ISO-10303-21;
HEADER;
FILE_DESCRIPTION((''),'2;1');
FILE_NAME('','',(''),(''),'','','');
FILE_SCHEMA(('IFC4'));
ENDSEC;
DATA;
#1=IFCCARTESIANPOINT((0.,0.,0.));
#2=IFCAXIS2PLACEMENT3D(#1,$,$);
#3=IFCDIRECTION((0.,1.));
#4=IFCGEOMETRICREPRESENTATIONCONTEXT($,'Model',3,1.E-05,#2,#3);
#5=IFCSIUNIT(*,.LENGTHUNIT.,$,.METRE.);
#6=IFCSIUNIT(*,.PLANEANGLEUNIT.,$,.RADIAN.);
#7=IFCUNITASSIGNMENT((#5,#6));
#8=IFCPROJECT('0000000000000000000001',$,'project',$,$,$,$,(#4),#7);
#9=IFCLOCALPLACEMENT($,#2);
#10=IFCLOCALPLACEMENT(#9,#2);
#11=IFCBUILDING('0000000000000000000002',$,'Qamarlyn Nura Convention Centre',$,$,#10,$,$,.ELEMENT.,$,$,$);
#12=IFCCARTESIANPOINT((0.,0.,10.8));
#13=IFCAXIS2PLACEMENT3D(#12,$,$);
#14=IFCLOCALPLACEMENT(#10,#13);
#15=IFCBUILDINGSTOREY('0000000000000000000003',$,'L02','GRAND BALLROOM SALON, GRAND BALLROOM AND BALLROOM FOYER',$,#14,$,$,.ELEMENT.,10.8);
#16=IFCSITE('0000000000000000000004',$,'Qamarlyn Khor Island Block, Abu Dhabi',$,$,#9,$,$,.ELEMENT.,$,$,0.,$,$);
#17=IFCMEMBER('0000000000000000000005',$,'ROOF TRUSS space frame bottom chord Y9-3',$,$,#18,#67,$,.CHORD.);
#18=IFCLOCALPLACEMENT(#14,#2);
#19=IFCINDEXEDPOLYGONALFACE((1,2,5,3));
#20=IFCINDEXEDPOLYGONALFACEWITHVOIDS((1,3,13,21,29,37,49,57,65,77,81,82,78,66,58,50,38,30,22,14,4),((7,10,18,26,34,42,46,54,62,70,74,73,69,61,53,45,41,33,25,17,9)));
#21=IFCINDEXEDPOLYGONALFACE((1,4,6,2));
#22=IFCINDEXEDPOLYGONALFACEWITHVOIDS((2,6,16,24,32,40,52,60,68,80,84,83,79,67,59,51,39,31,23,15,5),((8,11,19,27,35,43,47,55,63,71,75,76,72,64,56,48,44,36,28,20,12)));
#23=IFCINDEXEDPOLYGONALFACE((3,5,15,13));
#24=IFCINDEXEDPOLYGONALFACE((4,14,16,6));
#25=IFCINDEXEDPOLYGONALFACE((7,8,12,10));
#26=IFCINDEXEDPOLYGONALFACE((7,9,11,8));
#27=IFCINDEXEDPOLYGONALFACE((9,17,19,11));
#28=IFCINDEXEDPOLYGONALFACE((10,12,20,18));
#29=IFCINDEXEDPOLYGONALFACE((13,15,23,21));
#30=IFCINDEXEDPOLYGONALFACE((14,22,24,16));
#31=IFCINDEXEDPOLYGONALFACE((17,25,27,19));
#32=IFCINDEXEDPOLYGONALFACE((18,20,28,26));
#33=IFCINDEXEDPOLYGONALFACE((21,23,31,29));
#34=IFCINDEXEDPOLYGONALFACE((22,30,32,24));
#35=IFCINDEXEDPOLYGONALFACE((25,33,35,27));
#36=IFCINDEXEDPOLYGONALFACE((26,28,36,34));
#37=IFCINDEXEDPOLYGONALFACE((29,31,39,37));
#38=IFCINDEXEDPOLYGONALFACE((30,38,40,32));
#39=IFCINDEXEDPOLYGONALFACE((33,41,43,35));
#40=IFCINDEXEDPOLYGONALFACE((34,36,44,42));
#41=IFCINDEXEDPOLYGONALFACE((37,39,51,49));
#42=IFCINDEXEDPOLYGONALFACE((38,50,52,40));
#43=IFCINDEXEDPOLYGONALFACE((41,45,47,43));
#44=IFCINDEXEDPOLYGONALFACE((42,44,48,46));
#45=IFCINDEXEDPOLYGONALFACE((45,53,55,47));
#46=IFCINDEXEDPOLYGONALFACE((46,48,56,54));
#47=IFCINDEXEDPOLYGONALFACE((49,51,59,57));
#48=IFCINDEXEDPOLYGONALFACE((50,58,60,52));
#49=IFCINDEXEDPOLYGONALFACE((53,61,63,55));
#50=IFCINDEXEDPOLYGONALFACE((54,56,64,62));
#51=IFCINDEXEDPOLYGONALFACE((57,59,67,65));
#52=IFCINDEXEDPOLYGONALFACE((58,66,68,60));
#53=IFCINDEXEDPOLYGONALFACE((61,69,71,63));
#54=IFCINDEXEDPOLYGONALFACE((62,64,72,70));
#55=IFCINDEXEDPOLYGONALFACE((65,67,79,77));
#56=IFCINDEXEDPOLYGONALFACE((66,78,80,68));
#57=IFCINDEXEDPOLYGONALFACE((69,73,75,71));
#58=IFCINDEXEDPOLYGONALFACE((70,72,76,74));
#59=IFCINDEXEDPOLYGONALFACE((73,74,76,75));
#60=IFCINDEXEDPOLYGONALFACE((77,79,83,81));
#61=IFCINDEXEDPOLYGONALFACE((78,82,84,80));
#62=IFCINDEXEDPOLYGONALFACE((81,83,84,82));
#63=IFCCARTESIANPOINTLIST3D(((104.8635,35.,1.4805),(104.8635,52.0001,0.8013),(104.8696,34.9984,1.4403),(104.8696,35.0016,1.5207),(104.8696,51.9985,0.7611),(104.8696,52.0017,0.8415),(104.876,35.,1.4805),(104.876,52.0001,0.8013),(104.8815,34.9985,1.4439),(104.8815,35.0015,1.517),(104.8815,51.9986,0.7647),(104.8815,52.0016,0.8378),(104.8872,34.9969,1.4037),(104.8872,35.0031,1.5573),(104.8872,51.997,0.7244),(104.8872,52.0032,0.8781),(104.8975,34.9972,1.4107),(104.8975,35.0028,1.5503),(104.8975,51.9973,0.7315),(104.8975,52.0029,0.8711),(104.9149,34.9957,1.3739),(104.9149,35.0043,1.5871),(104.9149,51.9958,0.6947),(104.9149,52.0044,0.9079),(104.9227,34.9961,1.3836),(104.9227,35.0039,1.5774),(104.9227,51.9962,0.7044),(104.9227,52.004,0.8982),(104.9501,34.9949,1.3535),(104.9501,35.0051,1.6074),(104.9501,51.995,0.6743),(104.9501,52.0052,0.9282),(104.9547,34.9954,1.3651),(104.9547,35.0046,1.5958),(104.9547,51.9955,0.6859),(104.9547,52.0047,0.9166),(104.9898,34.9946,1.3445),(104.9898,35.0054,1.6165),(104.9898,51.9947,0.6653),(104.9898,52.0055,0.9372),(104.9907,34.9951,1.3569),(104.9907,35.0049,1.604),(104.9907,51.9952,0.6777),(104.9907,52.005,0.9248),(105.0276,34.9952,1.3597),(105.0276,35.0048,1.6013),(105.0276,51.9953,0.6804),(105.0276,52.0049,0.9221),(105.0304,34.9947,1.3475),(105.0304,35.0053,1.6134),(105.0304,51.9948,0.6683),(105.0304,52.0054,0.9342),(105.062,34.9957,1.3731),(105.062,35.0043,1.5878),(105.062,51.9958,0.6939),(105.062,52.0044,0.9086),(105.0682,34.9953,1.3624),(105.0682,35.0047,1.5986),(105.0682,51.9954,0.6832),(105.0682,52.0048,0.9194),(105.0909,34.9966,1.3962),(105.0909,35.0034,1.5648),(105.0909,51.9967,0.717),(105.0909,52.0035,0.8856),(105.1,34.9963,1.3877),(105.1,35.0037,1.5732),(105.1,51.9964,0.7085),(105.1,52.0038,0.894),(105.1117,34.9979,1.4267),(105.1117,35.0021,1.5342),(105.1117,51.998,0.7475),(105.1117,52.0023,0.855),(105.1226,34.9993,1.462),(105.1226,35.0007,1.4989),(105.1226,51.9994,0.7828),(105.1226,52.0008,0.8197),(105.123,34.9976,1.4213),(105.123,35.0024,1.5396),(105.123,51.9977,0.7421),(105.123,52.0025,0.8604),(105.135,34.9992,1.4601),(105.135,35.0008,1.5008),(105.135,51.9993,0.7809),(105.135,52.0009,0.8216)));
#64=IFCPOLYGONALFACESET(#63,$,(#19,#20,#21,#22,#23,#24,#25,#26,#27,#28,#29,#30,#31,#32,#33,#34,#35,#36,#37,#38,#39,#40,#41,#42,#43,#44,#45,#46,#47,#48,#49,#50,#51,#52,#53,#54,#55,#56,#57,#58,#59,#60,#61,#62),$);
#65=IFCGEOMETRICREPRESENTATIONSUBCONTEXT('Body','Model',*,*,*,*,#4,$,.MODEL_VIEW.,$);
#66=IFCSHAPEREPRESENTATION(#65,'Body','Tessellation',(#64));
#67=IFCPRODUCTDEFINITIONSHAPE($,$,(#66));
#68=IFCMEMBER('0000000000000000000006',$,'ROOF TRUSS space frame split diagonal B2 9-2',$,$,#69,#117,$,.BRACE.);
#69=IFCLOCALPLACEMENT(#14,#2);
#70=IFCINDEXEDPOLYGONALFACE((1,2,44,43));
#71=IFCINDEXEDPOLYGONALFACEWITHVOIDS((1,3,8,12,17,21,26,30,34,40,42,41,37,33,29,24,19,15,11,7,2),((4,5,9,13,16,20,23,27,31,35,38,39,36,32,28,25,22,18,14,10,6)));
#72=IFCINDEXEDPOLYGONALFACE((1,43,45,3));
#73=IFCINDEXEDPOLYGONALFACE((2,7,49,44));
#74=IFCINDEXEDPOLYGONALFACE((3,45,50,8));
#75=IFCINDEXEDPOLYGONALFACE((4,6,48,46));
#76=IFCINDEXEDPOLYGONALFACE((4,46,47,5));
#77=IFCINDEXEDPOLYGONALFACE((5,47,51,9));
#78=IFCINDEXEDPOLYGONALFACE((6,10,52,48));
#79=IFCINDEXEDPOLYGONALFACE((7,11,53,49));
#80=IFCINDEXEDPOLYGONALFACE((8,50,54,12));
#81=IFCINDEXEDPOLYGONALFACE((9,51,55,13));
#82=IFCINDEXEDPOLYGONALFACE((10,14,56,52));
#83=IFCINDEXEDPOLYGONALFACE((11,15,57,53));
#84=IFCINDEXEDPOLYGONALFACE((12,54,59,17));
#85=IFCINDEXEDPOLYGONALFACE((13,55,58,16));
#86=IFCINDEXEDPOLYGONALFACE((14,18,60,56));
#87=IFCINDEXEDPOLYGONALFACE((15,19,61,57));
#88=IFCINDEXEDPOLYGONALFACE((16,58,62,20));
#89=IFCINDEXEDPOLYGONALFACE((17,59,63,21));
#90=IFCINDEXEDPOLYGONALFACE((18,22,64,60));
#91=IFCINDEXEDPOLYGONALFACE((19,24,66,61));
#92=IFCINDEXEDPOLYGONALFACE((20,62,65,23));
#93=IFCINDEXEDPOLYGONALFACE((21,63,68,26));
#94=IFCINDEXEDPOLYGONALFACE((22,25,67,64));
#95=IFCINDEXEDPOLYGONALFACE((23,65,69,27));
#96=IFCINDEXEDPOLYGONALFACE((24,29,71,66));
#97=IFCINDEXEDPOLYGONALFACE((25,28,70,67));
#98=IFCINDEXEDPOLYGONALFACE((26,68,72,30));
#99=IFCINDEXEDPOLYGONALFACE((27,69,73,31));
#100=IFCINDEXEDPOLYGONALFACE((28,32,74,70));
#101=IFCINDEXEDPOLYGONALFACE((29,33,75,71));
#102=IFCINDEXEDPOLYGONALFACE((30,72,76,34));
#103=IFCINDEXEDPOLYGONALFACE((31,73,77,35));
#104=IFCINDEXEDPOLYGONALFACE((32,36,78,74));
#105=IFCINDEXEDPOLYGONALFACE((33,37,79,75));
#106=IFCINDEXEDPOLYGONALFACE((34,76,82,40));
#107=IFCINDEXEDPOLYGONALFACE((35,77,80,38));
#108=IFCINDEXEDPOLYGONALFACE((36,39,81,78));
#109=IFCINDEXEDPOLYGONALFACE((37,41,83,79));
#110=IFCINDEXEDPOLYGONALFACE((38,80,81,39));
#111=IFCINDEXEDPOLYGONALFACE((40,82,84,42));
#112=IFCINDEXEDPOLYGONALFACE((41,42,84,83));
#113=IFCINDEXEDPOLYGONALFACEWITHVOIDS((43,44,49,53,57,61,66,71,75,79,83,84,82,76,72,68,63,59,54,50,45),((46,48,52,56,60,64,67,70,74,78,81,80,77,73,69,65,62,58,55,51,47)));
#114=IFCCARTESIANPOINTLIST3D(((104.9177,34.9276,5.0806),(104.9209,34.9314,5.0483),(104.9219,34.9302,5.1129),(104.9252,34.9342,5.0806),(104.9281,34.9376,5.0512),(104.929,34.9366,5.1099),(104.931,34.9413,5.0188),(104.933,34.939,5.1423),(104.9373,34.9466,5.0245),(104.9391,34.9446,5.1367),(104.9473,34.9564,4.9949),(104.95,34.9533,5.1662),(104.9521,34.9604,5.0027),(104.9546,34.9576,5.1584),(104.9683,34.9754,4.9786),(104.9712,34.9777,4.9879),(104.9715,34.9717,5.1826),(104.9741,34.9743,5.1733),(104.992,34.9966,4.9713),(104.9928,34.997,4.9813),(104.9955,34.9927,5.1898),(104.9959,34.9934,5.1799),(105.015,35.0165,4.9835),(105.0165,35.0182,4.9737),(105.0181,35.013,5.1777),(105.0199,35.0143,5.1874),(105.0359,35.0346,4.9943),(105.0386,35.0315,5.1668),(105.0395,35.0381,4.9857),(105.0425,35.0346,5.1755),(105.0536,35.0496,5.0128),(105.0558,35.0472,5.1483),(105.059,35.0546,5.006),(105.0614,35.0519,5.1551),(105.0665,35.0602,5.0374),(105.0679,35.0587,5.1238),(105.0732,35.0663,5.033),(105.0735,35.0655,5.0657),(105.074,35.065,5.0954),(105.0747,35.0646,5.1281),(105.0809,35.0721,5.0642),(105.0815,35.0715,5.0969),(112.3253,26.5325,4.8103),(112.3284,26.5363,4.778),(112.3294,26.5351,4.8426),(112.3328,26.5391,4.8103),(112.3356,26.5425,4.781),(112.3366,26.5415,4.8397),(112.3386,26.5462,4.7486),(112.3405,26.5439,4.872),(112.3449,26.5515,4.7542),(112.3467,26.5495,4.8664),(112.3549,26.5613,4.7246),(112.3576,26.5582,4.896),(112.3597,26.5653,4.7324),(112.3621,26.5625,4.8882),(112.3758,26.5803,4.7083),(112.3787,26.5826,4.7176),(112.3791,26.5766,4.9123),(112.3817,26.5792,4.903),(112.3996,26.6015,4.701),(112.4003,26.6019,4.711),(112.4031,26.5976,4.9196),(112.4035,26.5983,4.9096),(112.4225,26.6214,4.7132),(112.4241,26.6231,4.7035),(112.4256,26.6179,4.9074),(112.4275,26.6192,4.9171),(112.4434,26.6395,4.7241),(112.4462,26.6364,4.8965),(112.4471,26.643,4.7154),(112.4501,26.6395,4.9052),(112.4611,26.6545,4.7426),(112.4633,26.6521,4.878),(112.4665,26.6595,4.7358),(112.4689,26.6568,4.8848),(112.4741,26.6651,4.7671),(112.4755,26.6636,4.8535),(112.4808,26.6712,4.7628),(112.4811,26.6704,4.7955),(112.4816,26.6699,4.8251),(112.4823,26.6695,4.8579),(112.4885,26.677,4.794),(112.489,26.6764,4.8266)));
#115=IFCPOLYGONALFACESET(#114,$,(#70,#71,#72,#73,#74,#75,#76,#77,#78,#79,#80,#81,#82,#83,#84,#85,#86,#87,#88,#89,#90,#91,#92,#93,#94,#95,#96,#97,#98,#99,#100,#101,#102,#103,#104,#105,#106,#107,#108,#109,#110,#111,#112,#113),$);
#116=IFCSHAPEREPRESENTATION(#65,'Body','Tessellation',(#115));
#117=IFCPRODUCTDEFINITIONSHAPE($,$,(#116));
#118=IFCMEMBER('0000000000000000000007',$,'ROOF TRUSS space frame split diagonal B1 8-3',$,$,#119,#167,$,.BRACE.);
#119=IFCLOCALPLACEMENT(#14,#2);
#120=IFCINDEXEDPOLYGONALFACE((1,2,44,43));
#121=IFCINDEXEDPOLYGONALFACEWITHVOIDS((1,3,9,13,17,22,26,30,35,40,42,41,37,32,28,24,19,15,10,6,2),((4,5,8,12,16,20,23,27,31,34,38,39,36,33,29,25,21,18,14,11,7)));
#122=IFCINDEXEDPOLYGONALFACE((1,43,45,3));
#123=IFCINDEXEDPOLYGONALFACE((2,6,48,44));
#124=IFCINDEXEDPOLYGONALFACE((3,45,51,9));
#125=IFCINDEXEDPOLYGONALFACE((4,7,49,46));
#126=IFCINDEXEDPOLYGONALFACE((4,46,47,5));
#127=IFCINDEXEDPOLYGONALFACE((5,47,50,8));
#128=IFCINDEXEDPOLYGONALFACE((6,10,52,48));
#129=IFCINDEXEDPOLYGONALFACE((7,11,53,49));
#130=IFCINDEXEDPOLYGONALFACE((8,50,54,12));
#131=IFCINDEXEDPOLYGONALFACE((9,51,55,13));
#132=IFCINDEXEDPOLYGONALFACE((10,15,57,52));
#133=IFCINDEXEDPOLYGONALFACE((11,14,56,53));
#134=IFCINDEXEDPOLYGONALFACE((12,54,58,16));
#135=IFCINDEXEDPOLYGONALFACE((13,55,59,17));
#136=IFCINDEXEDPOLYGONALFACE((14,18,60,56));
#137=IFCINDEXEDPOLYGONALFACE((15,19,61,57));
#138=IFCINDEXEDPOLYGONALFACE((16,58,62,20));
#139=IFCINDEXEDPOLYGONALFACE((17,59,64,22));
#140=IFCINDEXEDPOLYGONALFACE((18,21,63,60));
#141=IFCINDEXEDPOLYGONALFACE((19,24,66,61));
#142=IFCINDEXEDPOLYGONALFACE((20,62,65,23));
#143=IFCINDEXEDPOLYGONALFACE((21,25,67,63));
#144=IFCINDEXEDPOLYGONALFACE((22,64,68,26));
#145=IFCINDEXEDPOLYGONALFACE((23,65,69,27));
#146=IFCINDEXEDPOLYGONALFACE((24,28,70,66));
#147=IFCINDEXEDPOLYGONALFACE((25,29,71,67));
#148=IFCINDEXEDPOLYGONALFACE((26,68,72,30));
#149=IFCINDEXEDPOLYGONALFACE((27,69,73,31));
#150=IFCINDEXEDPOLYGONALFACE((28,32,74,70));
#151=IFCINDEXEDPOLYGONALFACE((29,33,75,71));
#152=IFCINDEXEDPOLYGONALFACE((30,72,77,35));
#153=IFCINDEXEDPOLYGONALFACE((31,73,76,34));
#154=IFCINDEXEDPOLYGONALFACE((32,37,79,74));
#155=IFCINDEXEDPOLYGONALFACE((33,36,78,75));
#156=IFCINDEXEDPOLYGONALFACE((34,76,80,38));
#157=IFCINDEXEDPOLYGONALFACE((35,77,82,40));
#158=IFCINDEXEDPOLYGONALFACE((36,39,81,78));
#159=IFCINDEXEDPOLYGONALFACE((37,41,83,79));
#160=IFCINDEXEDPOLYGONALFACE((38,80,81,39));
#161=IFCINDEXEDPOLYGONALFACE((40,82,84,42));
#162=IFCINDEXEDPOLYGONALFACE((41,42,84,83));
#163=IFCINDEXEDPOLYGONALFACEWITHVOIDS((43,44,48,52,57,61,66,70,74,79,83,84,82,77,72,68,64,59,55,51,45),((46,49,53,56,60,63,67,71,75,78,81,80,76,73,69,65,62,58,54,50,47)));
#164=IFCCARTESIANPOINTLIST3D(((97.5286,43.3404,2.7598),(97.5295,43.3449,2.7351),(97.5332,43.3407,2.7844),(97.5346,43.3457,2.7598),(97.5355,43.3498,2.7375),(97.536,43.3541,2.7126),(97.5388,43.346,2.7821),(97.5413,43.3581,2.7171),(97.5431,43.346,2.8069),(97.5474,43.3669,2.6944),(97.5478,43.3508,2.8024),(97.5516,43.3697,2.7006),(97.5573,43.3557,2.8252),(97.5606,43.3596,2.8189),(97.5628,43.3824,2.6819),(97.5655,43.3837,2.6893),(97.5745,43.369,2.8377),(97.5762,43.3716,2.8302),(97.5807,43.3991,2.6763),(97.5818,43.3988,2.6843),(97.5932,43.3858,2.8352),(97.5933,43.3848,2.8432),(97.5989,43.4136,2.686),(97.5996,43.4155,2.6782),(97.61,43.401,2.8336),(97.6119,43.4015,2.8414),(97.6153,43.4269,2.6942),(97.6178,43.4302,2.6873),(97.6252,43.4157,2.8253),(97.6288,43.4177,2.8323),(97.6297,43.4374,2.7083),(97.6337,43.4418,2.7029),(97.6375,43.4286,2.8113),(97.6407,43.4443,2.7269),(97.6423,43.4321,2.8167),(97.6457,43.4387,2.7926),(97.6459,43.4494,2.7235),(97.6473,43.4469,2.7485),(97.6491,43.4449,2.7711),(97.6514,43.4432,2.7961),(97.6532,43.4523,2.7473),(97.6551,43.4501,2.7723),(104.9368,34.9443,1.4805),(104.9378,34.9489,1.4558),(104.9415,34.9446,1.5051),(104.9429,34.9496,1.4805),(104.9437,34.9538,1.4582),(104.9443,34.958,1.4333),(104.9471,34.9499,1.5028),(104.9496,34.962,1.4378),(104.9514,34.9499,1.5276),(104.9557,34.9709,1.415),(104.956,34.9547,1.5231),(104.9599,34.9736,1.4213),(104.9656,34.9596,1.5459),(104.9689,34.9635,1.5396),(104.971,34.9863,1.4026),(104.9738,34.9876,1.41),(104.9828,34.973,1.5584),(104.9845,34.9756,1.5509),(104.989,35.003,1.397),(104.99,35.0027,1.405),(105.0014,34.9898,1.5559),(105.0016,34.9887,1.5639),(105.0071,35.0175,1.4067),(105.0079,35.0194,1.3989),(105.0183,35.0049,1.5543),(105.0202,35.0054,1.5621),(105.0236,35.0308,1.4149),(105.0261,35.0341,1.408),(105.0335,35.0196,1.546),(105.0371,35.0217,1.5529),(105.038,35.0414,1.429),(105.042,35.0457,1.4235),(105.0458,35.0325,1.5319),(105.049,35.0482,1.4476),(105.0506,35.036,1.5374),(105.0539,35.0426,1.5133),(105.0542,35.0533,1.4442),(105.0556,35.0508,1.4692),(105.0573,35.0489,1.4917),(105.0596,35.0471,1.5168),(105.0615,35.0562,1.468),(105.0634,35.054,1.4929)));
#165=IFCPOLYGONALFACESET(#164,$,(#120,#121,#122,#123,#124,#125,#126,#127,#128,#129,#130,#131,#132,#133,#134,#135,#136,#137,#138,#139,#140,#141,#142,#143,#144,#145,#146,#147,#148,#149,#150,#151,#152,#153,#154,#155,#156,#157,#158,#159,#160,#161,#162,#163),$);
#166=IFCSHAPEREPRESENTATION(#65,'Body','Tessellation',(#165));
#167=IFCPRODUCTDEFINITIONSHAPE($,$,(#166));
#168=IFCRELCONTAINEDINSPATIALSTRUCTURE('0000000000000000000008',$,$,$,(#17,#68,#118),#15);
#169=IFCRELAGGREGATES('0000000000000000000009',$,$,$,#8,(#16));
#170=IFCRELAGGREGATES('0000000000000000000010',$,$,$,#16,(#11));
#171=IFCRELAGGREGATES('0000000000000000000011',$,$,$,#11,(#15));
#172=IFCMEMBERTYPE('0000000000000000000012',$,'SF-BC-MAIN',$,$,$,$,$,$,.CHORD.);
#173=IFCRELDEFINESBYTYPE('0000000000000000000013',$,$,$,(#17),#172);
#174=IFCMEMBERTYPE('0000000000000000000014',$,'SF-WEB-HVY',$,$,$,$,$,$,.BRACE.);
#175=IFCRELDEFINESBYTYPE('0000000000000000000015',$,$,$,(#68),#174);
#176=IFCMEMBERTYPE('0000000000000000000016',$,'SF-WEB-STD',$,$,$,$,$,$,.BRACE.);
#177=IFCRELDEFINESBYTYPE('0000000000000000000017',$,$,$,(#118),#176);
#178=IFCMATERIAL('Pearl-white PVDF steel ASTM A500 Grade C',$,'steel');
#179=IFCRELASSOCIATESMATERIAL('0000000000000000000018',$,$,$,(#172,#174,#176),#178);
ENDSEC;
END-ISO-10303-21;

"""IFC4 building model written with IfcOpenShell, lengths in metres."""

from ifc_helpers import new_model, si_unit, direction, frame, origin, origin_2d, place, context, subcontext, project, spatial, hollow_circle, extrude, material, material_profile, profile_set, type_object, element, save


model = new_model("IFC4")

# Units and contexts
model_context = context("Model", 3, precision=1e-05, world=origin(), true_north=direction((0.0, 1.0)))
body_context = subcontext(model_context, "Body", "Model", "MODEL_VIEW")
ifc_project = project(units=[si_unit("LENGTHUNIT", "METRE"), si_unit("PLANEANGLEUNIT", "RADIAN")], contexts=[model_context])

# Site, building, storey
site_placement = place(None, origin())
site = spatial("IfcSite", under=ifc_project, at=site_placement, Name="Qamarlyn Khor Island Block, Abu Dhabi", CompositionType="ELEMENT", RefElevation=0.0)
building_placement = place(site_placement, origin())
building = spatial("IfcBuilding", under=site, at=building_placement, Name="Qamarlyn Nura Convention Centre", CompositionType="ELEMENT")
storey_placement = place(building_placement, frame((0.0, 0.0, 10.8)))
storey = spatial("IfcBuildingStorey", under=building, at=storey_placement, Name="L02", Description="GRAND BALLROOM SALON, GRAND BALLROOM AND BALLROOM FOYER", CompositionType="ELEMENT", Elevation=10.8)

# Members
ifc_material_1 = material(Name="Pearl-white PVDF steel ASTM A500 Grade C", Category="steel")
ifc_material_profile_1 = material_profile(ifc_material_1, hollow_circle(Radius=0.1365, WallThickness=0.0125, at=origin_2d()), Name="CHS273X12.5")
ifc_profile_set_1 = profile_set([ifc_material_profile_1], Name="Pearl-white PVDF steel ASTM A500 Grade C")
member_type_1 = type_object("IfcMemberType", Name="SF-BC-MAIN", PredefinedType="CHORD", material=ifc_profile_set_1)
member_1_placement = place(storey_placement, frame((105.0, 35.0, 1.4805), z_axis=(0.0, 0.999203, -0.039921), x_axis=(-1.0, 0.0, 0.0)))
element("IfcMember", 1, at=member_1_placement, inside=storey, type_object=member_type_1, Name="ROOF TRUSS space frame bottom chord Y9-3", PredefinedType="CHORD", context=body_context, shape_type="SweptSolid", body=[
    extrude(hollow_circle(Radius=0.1365, WallThickness=0.0125, at=origin_2d()), origin(), (0.0, 0.0, 1.0), 17.0137),
])
ifc_material_profile_2 = material_profile(ifc_material_1, hollow_circle(Radius=0.1096, WallThickness=0.01, at=origin_2d()), Name="CHS219.1X10")
ifc_profile_set_2 = profile_set([ifc_material_profile_2], Name="Pearl-white PVDF steel ASTM A500 Grade C")
member_type_2 = type_object("IfcMemberType", Name="SF-WEB-HVY", PredefinedType="BRACE", material=ifc_profile_set_2)
member_2_placement = place(storey_placement, frame((112.4075, 26.605, 4.8103), z_axis=(-0.661434, 0.749615, 0.024133), x_axis=(-0.749833, -0.661627, 0.0)))
element("IfcMember", 2, at=member_2_placement, inside=storey, type_object=member_type_2, Name="ROOF TRUSS space frame split diagonal B2 9-2", PredefinedType="BRACE", context=body_context, shape_type="SweptSolid", body=[
    extrude(hollow_circle(Radius=0.1096, WallThickness=0.01, at=origin_2d()), origin(), (0.0, 0.0, 1.0), 11.1992),
])
ifc_material_profile_3 = material_profile(ifc_material_1, hollow_circle(Radius=0.0842, WallThickness=0.0081, at=origin_2d()), Name="CHS168.3X8")
ifc_profile_set_3 = profile_set([ifc_material_profile_3], Name="Pearl-white PVDF steel ASTM A500 Grade C")
member_type_3 = type_object("IfcMemberType", Name="SF-WEB-STD", PredefinedType="BRACE", material=ifc_profile_set_3)
member_3_placement = place(storey_placement, frame((105.0, 35.0, 1.4805), z_axis=(-0.657344, 0.744992, 0.113514), x_axis=(-0.749839, -0.66162, 0.0)))
element("IfcMember", 3, at=member_3_placement, inside=storey, type_object=member_type_3, Name="ROOF TRUSS space frame split diagonal B1 8-3", PredefinedType="BRACE", context=body_context, shape_type="SweptSolid", body=[
    extrude(hollow_circle(Radius=0.0842, WallThickness=0.0081, at=origin_2d()), origin(), (0.0, 0.0, 1.0), 11.27),
])

save(model, "model.ifc")
